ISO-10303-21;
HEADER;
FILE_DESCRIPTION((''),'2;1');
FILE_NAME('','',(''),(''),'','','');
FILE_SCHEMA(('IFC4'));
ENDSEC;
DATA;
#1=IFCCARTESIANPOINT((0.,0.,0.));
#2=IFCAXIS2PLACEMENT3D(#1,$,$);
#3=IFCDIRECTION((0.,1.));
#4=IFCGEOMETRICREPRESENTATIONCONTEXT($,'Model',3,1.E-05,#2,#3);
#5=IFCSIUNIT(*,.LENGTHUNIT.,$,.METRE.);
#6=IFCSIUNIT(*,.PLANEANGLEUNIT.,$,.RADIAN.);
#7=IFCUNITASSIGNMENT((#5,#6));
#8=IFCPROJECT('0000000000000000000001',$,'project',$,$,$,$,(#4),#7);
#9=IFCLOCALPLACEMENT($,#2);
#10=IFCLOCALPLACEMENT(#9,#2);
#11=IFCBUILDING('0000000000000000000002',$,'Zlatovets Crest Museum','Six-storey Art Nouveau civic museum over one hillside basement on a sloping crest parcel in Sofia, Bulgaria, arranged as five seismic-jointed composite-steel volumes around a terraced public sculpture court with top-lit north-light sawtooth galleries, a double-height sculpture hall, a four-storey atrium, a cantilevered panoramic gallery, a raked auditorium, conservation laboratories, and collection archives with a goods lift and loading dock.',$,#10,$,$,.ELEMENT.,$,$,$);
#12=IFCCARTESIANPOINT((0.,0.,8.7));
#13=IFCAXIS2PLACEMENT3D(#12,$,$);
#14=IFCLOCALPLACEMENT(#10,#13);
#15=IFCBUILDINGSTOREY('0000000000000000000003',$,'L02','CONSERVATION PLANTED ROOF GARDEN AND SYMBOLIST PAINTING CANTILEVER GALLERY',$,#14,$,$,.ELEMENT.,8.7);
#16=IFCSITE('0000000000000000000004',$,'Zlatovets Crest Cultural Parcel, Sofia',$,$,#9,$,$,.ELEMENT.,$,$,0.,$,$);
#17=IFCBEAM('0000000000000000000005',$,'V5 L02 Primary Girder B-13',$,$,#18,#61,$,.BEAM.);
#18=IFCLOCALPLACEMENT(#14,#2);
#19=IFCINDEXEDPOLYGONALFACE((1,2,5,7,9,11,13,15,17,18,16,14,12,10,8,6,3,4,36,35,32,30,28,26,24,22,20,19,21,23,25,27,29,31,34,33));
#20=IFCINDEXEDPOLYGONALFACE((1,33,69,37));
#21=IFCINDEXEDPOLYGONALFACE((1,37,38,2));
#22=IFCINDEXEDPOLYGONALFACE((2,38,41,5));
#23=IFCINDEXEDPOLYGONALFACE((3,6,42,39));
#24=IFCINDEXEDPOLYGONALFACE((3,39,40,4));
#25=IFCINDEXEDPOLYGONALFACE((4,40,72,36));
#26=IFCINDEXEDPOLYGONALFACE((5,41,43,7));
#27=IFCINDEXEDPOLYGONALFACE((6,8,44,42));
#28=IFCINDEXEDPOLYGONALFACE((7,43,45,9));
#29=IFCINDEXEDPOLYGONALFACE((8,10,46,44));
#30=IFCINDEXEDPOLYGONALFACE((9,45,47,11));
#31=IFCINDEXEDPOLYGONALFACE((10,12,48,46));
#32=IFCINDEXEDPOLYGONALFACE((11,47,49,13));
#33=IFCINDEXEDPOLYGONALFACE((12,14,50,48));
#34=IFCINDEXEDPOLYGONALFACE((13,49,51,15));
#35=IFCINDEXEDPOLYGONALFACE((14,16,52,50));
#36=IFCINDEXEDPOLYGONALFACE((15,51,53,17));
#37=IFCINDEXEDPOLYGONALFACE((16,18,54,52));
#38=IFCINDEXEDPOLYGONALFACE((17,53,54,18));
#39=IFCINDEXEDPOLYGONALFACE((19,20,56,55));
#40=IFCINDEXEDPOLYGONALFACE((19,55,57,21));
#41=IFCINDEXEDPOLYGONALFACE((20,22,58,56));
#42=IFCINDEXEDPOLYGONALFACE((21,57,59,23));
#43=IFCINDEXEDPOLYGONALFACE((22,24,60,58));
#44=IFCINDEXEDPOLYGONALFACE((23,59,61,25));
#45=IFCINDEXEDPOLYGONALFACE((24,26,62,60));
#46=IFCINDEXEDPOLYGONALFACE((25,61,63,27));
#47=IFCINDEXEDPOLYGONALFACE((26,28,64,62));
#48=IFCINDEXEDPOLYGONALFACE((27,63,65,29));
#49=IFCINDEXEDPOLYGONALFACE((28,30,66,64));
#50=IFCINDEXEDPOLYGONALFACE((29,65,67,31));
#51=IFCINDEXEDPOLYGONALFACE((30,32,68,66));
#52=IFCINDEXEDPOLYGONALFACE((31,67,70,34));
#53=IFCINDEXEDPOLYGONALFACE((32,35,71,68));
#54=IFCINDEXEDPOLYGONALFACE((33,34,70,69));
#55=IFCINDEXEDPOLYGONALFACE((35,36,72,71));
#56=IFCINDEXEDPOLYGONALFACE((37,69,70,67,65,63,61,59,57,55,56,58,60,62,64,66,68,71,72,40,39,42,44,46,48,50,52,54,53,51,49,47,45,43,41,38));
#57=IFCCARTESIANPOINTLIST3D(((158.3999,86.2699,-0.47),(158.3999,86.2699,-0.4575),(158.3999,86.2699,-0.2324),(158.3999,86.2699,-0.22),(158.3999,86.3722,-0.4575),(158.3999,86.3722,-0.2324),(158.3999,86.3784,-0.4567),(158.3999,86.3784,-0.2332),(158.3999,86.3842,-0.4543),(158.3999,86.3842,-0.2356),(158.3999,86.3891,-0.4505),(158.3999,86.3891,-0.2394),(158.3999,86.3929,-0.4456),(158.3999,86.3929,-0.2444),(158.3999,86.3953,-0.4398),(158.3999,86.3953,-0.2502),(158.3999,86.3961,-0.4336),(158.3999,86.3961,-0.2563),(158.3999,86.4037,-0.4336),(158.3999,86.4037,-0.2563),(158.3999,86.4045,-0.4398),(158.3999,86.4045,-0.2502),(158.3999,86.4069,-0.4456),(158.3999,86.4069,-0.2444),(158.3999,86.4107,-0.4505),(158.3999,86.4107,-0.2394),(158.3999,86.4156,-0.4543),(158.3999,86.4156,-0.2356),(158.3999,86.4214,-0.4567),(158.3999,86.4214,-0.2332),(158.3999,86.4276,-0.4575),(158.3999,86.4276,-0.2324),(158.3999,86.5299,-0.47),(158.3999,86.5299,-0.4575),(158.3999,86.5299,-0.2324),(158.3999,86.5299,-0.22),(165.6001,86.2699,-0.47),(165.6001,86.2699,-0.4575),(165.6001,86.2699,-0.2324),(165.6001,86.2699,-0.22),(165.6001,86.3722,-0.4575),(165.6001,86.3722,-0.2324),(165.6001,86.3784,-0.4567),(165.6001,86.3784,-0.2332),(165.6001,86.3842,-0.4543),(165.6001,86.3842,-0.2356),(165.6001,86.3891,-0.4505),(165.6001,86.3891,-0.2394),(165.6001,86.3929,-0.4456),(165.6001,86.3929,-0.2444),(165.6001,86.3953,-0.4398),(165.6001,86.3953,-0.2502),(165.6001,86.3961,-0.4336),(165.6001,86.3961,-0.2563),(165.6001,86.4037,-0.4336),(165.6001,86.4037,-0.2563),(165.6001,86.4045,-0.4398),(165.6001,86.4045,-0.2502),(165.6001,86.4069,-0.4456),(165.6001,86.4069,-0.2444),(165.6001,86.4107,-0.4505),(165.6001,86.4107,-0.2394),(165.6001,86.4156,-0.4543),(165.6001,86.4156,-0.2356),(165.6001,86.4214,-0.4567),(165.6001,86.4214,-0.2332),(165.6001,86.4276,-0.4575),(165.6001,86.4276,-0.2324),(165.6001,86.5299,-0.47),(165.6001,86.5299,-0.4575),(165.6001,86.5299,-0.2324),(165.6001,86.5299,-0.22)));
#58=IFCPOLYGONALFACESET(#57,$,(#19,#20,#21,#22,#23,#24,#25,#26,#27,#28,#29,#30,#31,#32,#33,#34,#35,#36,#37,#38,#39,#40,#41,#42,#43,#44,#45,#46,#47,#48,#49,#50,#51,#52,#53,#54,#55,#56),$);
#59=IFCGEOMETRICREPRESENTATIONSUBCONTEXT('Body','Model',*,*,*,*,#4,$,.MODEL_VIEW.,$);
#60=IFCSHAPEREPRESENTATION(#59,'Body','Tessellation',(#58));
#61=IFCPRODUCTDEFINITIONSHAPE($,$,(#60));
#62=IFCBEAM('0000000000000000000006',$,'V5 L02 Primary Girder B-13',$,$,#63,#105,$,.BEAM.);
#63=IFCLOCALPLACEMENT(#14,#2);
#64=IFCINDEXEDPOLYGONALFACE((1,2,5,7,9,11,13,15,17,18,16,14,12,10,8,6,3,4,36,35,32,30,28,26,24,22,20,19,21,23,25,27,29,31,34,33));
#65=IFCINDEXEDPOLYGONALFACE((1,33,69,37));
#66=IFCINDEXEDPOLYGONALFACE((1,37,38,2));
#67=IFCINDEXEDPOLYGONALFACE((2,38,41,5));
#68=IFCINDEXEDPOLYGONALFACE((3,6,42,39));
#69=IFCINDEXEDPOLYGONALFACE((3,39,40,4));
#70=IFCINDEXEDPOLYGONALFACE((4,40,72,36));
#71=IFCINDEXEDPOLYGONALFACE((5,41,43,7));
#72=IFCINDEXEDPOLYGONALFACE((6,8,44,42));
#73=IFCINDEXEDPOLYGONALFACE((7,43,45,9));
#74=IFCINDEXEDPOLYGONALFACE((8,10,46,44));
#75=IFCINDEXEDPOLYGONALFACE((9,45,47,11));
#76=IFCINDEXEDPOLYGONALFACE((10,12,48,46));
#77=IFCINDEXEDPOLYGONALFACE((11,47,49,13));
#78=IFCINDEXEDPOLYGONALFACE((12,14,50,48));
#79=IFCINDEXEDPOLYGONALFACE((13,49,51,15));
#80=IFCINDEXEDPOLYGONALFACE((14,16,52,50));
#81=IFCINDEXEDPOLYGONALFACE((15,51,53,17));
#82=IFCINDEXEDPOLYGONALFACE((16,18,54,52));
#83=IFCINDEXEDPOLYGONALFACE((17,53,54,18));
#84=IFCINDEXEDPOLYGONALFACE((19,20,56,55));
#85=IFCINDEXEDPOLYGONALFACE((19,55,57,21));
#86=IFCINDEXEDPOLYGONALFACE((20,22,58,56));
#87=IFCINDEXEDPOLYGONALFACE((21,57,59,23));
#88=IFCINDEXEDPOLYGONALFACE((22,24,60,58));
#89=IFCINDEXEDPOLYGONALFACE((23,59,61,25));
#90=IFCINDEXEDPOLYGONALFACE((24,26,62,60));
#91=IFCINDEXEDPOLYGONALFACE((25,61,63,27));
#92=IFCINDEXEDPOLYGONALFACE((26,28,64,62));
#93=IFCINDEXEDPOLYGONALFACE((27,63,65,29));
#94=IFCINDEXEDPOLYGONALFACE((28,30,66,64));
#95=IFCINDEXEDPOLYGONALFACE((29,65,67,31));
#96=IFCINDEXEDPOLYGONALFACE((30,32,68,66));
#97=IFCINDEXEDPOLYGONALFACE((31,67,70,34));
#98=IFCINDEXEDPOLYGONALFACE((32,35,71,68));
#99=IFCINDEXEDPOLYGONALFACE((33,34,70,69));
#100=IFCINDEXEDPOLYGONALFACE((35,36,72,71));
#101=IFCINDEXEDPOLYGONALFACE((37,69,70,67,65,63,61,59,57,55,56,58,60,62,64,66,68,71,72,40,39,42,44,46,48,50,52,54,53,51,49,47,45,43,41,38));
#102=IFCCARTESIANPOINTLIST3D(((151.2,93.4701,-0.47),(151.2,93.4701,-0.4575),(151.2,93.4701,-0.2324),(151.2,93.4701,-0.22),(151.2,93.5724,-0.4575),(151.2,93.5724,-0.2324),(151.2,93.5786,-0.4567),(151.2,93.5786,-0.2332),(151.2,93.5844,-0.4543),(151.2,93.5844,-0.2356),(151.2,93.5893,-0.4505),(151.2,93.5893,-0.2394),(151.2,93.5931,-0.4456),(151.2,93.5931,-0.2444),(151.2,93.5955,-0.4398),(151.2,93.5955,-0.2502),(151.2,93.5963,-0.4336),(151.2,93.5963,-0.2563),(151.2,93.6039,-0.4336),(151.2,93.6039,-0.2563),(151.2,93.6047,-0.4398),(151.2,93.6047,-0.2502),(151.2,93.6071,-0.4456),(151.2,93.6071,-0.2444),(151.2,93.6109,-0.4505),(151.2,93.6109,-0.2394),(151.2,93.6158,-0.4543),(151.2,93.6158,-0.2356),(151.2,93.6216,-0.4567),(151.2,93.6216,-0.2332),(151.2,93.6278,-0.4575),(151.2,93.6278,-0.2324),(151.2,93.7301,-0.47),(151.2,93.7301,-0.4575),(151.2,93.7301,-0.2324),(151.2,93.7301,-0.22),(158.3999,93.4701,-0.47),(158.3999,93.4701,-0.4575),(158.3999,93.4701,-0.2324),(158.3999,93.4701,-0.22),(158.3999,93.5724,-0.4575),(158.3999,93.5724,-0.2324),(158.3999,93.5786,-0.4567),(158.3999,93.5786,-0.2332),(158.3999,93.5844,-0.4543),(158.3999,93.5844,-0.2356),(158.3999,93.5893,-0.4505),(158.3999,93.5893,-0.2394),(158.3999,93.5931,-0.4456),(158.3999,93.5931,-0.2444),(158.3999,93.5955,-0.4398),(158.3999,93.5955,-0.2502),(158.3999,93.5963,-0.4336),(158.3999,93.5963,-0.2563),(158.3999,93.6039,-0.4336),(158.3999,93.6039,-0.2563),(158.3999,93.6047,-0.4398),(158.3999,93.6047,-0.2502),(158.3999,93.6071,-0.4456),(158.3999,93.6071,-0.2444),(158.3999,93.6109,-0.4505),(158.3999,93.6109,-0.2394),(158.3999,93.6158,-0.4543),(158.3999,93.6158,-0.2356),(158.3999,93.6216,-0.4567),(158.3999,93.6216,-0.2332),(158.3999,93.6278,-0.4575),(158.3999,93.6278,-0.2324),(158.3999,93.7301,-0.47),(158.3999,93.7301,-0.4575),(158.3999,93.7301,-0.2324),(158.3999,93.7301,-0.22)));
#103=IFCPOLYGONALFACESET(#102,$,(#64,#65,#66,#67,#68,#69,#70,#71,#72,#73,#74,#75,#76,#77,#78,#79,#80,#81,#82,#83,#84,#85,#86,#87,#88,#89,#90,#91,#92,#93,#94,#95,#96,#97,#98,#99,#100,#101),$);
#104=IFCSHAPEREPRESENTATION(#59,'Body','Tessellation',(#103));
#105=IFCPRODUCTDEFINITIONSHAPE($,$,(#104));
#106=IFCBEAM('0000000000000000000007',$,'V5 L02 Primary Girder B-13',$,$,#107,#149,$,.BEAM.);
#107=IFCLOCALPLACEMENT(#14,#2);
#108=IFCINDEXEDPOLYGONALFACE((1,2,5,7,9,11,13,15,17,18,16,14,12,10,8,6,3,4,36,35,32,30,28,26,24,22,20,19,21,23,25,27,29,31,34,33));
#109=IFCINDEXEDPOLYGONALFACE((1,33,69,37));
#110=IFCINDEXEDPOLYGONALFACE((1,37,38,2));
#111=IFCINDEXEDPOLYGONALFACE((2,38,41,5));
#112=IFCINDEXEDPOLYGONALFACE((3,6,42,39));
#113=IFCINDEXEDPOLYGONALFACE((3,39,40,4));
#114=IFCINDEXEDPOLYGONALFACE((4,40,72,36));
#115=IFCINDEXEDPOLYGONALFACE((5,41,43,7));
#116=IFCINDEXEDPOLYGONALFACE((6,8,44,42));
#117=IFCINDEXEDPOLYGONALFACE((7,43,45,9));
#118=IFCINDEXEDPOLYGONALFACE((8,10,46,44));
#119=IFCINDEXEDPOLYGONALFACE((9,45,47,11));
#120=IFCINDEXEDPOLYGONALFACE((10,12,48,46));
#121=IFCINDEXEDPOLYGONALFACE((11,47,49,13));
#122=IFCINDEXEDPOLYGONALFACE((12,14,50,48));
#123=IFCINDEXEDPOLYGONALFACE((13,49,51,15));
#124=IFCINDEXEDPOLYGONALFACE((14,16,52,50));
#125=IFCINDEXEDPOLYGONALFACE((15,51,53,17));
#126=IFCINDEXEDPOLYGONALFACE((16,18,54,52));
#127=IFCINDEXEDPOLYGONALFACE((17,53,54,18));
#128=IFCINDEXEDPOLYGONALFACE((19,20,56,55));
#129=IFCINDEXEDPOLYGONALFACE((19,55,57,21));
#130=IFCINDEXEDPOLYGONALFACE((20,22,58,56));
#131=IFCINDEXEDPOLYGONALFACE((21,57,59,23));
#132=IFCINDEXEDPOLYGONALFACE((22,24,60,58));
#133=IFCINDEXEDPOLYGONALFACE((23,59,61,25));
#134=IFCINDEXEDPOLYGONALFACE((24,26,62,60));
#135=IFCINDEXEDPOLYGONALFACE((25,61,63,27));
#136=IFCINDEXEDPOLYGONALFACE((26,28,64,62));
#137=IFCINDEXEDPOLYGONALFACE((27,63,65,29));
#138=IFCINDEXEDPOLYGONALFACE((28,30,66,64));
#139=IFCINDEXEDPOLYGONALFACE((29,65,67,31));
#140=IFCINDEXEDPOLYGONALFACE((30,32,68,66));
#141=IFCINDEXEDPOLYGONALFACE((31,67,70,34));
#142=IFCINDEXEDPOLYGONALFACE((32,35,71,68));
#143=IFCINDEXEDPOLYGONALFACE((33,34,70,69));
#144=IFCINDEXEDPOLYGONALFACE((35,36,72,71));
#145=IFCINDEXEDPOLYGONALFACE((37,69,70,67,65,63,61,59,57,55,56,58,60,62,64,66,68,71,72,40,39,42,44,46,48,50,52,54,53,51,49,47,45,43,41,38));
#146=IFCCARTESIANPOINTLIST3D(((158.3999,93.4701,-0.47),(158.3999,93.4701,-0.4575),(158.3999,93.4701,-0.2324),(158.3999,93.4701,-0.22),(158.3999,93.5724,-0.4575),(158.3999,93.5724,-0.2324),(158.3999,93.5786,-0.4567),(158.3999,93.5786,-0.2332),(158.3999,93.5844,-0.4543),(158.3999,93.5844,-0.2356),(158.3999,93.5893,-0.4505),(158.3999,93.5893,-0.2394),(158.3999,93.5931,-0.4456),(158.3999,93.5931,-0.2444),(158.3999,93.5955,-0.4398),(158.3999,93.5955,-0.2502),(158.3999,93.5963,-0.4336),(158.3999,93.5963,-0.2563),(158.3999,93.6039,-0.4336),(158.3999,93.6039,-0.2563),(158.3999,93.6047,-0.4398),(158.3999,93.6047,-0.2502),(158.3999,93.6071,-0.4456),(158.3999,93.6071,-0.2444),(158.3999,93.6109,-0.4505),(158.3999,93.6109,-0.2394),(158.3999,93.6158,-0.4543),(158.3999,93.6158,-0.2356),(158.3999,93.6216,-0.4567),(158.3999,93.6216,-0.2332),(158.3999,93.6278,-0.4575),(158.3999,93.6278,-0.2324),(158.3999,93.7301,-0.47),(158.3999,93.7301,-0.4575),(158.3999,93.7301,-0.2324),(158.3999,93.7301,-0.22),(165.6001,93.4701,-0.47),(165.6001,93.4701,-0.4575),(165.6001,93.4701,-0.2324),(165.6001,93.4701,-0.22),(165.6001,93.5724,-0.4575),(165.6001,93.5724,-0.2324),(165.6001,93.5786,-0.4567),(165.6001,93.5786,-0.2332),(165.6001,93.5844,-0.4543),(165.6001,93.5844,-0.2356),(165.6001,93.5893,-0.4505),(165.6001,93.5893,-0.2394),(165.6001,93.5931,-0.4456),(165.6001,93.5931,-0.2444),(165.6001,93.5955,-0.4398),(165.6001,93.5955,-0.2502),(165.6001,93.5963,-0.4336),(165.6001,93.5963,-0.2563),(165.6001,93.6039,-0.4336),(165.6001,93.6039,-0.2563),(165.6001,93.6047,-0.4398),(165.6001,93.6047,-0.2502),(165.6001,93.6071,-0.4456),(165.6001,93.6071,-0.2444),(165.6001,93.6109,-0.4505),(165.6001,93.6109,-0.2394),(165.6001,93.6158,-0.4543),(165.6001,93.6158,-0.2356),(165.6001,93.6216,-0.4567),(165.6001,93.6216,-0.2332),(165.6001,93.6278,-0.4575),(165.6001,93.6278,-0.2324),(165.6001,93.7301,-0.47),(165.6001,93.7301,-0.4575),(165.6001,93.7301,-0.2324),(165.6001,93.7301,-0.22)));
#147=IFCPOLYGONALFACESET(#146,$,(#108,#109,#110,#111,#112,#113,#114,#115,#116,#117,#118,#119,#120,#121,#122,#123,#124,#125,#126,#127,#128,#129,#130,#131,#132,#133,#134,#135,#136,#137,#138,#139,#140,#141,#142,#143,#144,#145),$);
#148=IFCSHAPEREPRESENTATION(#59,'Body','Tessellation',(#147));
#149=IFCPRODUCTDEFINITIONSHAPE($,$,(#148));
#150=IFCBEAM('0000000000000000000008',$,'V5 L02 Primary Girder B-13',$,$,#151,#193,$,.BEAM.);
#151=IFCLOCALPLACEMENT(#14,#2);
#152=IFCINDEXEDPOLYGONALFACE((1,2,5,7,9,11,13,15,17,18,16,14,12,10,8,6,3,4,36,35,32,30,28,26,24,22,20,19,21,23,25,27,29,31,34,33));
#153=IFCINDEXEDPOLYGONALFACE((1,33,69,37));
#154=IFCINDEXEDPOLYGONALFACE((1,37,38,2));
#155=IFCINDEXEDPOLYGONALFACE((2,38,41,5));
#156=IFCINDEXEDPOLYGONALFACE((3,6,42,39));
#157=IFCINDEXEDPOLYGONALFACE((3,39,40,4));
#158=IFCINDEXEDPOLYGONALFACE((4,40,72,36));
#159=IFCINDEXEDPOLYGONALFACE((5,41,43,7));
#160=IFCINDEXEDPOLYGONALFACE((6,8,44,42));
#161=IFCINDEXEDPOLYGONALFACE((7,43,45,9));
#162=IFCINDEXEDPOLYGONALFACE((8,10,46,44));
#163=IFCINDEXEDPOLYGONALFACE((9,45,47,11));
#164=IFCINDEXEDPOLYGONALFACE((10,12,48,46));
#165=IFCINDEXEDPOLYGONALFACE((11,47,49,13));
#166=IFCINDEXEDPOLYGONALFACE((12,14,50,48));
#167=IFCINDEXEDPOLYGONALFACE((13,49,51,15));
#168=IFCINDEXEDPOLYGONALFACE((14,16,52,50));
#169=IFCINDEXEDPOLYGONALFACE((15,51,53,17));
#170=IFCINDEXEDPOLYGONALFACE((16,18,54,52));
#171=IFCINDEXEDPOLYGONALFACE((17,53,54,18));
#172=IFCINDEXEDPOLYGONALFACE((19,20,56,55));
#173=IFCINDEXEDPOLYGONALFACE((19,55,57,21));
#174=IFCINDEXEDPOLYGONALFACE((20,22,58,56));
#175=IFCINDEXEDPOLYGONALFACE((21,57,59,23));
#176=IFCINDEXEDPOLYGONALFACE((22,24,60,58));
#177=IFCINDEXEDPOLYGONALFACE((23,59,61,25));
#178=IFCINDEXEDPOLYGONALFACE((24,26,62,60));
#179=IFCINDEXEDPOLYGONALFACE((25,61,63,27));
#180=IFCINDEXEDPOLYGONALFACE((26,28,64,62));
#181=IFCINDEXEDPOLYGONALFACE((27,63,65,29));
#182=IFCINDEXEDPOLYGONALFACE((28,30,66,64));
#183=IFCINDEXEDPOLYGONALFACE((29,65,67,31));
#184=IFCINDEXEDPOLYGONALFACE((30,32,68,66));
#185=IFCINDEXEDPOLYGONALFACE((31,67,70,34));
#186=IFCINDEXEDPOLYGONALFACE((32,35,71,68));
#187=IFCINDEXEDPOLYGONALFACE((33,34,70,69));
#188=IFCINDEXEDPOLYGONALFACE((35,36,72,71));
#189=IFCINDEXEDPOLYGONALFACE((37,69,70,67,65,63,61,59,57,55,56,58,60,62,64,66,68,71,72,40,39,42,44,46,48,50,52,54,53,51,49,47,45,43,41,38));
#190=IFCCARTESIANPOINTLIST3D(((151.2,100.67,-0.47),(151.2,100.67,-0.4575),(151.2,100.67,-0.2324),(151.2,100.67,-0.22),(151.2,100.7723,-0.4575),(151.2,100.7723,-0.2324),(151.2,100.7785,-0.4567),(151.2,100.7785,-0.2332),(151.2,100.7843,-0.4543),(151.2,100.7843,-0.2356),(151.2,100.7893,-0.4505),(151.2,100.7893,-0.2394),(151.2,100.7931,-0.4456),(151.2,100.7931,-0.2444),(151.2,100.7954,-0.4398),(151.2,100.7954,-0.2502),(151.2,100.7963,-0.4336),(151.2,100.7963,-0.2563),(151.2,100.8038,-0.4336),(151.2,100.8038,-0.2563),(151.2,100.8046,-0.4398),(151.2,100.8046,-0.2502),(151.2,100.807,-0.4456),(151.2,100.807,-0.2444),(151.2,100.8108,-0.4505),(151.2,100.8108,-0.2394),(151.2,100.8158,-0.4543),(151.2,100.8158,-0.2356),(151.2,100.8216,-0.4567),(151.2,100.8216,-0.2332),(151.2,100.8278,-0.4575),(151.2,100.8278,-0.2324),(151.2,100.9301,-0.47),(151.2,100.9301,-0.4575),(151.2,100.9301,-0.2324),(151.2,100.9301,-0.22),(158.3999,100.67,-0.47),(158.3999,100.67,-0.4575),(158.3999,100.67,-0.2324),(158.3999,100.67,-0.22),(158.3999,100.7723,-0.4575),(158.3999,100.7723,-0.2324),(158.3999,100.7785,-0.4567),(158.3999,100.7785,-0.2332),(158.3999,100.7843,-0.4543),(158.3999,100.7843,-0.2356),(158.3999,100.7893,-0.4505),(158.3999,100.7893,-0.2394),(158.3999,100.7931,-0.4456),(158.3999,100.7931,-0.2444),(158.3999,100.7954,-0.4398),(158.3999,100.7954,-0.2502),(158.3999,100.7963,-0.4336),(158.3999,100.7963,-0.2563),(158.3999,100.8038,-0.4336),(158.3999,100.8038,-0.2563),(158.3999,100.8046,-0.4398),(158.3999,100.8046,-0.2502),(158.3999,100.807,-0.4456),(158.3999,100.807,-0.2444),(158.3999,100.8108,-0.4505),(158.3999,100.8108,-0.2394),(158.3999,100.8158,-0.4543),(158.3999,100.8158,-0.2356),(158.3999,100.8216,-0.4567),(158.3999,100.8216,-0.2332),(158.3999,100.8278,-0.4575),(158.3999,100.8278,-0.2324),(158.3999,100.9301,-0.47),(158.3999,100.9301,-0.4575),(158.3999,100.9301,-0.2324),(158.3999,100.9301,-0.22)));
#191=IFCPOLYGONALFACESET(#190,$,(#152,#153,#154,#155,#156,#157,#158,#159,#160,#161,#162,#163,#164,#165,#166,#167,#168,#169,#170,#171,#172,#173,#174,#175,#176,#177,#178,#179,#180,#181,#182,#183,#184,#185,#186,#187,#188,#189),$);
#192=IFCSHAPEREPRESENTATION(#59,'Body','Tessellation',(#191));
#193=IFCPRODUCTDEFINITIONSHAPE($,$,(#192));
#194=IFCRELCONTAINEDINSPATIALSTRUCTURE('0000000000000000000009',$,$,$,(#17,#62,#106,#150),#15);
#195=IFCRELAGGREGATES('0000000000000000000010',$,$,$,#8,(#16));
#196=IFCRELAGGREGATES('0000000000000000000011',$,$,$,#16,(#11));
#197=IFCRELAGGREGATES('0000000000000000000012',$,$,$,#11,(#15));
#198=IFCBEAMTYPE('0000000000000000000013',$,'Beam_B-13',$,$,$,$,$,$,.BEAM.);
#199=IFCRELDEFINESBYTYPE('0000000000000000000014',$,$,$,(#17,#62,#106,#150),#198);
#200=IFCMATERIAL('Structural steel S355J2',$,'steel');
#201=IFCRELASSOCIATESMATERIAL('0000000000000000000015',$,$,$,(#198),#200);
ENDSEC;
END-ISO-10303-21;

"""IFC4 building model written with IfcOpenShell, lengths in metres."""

from ifc_helpers import new_model, si_unit, direction, frame, origin, origin_2d, place, context, subcontext, project, spatial, i_section, extrude, material, material_profile, profile_set, type_object, element, save


model = new_model("IFC4")

# Units and contexts
model_context = context("Model", 3, precision=1e-05, world=origin(), true_north=direction((0.0, 1.0)))
body_context = subcontext(model_context, "Body", "Model", "MODEL_VIEW")
ifc_project = project(units=[si_unit("LENGTHUNIT", "METRE"), si_unit("PLANEANGLEUNIT", "RADIAN")], contexts=[model_context])

# Site, building, storey
site_placement = place(None, origin())
site = spatial("IfcSite", under=ifc_project, at=site_placement, Name="Zlatovets Crest Cultural Parcel, Sofia", CompositionType="ELEMENT", RefElevation=0.0)
building_placement = place(site_placement, origin())
building = spatial("IfcBuilding", under=site, at=building_placement, Name="Zlatovets Crest Museum", Description="Six-storey Art Nouveau civic museum over one hillside basement on a sloping crest parcel in Sofia, Bulgaria, arranged as five seismic-jointed composite-steel volumes around a terraced public sculpture court with top-lit north-light sawtooth galleries, a double-height sculpture hall, a four-storey atrium, a cantilevered panoramic gallery, a raked auditorium, conservation laboratories, and collection archives with a goods lift and loading dock.", CompositionType="ELEMENT")
storey_placement = place(building_placement, frame((0.0, 0.0, 8.7)))
storey = spatial("IfcBuildingStorey", under=building, at=storey_placement, Name="L02", Description="CONSERVATION PLANTED ROOF GARDEN AND SYMBOLIST PAINTING CANTILEVER GALLERY", CompositionType="ELEMENT", Elevation=8.7)

# Shared definitions
ifc_material = material(Name="Structural steel S355J2", Category="steel")

# Beams
ifc_material_profile_1 = material_profile(ifc_material, i_section(OverallWidth=0.26, OverallDepth=0.25, WebThickness=0.0076, FlangeThickness=0.0125, FilletRadius=0.0239, at=origin_2d()), Name="HEA 260")
ifc_profile_set_1 = profile_set([ifc_material_profile_1], Name="Structural steel S355J2")
beam_type_1 = type_object("IfcBeamType", Name="Beam_B-13", PredefinedType="BEAM", material=ifc_profile_set_1)
beam_1_placement = place(storey_placement, frame((158.3999, 86.3999, -0.345), z_axis=(1.0, 0.0, 0.0), x_axis=(0.0, 1.0, 0.0)))
element("IfcBeam", 1, at=beam_1_placement, inside=storey, type_object=beam_type_1, Name="V5 L02 Primary Girder B-13", PredefinedType="BEAM", context=body_context, shape_type="SweptSolid", body=[
    extrude(i_section(OverallWidth=0.26, OverallDepth=0.25, WebThickness=0.0076, FlangeThickness=0.0125, FilletRadius=0.0239, at=origin_2d()), origin(), (0.0, 0.0, 1.0), 7.2002),
])
beam_2_placement = place(storey_placement, frame((151.2, 93.6001, -0.345), z_axis=(1.0, 0.0, 0.0), x_axis=(0.0, 1.0, 0.0)))
element("IfcBeam", 2, at=beam_2_placement, inside=storey, type_object=beam_type_1, Name="V5 L02 Primary Girder B-13", PredefinedType="BEAM", context=body_context, shape_type="SweptSolid", body=[
    extrude(i_section(OverallWidth=0.26, OverallDepth=0.25, WebThickness=0.0076, FlangeThickness=0.0125, FilletRadius=0.0239, at=origin_2d()), origin(), (0.0, 0.0, 1.0), 7.2),
])
beam_3_placement = place(storey_placement, frame((158.3999, 93.6001, -0.345), z_axis=(1.0, 0.0, 0.0), x_axis=(0.0, 1.0, 0.0)))
element("IfcBeam", 3, at=beam_3_placement, inside=storey, type_object=beam_type_1, Name="V5 L02 Primary Girder B-13", PredefinedType="BEAM", context=body_context, shape_type="SweptSolid", body=[
    extrude(i_section(OverallWidth=0.26, OverallDepth=0.25, WebThickness=0.0076, FlangeThickness=0.0125, FilletRadius=0.0239, at=origin_2d()), origin(), (0.0, 0.0, 1.0), 7.2002),
])
beam_4_placement = place(storey_placement, frame((151.2, 100.8, -0.345), z_axis=(1.0, 0.0, 0.0), x_axis=(0.0, 1.0, 0.0)))
element("IfcBeam", 4, at=beam_4_placement, inside=storey, type_object=beam_type_1, Name="V5 L02 Primary Girder B-13", PredefinedType="BEAM", context=body_context, shape_type="SweptSolid", body=[
    extrude(i_section(OverallWidth=0.26, OverallDepth=0.25, WebThickness=0.0076, FlangeThickness=0.0125, FilletRadius=0.0239, at=origin_2d()), origin(), (0.0, 0.0, 1.0), 7.2),
])

save(model, "model.ifc")
